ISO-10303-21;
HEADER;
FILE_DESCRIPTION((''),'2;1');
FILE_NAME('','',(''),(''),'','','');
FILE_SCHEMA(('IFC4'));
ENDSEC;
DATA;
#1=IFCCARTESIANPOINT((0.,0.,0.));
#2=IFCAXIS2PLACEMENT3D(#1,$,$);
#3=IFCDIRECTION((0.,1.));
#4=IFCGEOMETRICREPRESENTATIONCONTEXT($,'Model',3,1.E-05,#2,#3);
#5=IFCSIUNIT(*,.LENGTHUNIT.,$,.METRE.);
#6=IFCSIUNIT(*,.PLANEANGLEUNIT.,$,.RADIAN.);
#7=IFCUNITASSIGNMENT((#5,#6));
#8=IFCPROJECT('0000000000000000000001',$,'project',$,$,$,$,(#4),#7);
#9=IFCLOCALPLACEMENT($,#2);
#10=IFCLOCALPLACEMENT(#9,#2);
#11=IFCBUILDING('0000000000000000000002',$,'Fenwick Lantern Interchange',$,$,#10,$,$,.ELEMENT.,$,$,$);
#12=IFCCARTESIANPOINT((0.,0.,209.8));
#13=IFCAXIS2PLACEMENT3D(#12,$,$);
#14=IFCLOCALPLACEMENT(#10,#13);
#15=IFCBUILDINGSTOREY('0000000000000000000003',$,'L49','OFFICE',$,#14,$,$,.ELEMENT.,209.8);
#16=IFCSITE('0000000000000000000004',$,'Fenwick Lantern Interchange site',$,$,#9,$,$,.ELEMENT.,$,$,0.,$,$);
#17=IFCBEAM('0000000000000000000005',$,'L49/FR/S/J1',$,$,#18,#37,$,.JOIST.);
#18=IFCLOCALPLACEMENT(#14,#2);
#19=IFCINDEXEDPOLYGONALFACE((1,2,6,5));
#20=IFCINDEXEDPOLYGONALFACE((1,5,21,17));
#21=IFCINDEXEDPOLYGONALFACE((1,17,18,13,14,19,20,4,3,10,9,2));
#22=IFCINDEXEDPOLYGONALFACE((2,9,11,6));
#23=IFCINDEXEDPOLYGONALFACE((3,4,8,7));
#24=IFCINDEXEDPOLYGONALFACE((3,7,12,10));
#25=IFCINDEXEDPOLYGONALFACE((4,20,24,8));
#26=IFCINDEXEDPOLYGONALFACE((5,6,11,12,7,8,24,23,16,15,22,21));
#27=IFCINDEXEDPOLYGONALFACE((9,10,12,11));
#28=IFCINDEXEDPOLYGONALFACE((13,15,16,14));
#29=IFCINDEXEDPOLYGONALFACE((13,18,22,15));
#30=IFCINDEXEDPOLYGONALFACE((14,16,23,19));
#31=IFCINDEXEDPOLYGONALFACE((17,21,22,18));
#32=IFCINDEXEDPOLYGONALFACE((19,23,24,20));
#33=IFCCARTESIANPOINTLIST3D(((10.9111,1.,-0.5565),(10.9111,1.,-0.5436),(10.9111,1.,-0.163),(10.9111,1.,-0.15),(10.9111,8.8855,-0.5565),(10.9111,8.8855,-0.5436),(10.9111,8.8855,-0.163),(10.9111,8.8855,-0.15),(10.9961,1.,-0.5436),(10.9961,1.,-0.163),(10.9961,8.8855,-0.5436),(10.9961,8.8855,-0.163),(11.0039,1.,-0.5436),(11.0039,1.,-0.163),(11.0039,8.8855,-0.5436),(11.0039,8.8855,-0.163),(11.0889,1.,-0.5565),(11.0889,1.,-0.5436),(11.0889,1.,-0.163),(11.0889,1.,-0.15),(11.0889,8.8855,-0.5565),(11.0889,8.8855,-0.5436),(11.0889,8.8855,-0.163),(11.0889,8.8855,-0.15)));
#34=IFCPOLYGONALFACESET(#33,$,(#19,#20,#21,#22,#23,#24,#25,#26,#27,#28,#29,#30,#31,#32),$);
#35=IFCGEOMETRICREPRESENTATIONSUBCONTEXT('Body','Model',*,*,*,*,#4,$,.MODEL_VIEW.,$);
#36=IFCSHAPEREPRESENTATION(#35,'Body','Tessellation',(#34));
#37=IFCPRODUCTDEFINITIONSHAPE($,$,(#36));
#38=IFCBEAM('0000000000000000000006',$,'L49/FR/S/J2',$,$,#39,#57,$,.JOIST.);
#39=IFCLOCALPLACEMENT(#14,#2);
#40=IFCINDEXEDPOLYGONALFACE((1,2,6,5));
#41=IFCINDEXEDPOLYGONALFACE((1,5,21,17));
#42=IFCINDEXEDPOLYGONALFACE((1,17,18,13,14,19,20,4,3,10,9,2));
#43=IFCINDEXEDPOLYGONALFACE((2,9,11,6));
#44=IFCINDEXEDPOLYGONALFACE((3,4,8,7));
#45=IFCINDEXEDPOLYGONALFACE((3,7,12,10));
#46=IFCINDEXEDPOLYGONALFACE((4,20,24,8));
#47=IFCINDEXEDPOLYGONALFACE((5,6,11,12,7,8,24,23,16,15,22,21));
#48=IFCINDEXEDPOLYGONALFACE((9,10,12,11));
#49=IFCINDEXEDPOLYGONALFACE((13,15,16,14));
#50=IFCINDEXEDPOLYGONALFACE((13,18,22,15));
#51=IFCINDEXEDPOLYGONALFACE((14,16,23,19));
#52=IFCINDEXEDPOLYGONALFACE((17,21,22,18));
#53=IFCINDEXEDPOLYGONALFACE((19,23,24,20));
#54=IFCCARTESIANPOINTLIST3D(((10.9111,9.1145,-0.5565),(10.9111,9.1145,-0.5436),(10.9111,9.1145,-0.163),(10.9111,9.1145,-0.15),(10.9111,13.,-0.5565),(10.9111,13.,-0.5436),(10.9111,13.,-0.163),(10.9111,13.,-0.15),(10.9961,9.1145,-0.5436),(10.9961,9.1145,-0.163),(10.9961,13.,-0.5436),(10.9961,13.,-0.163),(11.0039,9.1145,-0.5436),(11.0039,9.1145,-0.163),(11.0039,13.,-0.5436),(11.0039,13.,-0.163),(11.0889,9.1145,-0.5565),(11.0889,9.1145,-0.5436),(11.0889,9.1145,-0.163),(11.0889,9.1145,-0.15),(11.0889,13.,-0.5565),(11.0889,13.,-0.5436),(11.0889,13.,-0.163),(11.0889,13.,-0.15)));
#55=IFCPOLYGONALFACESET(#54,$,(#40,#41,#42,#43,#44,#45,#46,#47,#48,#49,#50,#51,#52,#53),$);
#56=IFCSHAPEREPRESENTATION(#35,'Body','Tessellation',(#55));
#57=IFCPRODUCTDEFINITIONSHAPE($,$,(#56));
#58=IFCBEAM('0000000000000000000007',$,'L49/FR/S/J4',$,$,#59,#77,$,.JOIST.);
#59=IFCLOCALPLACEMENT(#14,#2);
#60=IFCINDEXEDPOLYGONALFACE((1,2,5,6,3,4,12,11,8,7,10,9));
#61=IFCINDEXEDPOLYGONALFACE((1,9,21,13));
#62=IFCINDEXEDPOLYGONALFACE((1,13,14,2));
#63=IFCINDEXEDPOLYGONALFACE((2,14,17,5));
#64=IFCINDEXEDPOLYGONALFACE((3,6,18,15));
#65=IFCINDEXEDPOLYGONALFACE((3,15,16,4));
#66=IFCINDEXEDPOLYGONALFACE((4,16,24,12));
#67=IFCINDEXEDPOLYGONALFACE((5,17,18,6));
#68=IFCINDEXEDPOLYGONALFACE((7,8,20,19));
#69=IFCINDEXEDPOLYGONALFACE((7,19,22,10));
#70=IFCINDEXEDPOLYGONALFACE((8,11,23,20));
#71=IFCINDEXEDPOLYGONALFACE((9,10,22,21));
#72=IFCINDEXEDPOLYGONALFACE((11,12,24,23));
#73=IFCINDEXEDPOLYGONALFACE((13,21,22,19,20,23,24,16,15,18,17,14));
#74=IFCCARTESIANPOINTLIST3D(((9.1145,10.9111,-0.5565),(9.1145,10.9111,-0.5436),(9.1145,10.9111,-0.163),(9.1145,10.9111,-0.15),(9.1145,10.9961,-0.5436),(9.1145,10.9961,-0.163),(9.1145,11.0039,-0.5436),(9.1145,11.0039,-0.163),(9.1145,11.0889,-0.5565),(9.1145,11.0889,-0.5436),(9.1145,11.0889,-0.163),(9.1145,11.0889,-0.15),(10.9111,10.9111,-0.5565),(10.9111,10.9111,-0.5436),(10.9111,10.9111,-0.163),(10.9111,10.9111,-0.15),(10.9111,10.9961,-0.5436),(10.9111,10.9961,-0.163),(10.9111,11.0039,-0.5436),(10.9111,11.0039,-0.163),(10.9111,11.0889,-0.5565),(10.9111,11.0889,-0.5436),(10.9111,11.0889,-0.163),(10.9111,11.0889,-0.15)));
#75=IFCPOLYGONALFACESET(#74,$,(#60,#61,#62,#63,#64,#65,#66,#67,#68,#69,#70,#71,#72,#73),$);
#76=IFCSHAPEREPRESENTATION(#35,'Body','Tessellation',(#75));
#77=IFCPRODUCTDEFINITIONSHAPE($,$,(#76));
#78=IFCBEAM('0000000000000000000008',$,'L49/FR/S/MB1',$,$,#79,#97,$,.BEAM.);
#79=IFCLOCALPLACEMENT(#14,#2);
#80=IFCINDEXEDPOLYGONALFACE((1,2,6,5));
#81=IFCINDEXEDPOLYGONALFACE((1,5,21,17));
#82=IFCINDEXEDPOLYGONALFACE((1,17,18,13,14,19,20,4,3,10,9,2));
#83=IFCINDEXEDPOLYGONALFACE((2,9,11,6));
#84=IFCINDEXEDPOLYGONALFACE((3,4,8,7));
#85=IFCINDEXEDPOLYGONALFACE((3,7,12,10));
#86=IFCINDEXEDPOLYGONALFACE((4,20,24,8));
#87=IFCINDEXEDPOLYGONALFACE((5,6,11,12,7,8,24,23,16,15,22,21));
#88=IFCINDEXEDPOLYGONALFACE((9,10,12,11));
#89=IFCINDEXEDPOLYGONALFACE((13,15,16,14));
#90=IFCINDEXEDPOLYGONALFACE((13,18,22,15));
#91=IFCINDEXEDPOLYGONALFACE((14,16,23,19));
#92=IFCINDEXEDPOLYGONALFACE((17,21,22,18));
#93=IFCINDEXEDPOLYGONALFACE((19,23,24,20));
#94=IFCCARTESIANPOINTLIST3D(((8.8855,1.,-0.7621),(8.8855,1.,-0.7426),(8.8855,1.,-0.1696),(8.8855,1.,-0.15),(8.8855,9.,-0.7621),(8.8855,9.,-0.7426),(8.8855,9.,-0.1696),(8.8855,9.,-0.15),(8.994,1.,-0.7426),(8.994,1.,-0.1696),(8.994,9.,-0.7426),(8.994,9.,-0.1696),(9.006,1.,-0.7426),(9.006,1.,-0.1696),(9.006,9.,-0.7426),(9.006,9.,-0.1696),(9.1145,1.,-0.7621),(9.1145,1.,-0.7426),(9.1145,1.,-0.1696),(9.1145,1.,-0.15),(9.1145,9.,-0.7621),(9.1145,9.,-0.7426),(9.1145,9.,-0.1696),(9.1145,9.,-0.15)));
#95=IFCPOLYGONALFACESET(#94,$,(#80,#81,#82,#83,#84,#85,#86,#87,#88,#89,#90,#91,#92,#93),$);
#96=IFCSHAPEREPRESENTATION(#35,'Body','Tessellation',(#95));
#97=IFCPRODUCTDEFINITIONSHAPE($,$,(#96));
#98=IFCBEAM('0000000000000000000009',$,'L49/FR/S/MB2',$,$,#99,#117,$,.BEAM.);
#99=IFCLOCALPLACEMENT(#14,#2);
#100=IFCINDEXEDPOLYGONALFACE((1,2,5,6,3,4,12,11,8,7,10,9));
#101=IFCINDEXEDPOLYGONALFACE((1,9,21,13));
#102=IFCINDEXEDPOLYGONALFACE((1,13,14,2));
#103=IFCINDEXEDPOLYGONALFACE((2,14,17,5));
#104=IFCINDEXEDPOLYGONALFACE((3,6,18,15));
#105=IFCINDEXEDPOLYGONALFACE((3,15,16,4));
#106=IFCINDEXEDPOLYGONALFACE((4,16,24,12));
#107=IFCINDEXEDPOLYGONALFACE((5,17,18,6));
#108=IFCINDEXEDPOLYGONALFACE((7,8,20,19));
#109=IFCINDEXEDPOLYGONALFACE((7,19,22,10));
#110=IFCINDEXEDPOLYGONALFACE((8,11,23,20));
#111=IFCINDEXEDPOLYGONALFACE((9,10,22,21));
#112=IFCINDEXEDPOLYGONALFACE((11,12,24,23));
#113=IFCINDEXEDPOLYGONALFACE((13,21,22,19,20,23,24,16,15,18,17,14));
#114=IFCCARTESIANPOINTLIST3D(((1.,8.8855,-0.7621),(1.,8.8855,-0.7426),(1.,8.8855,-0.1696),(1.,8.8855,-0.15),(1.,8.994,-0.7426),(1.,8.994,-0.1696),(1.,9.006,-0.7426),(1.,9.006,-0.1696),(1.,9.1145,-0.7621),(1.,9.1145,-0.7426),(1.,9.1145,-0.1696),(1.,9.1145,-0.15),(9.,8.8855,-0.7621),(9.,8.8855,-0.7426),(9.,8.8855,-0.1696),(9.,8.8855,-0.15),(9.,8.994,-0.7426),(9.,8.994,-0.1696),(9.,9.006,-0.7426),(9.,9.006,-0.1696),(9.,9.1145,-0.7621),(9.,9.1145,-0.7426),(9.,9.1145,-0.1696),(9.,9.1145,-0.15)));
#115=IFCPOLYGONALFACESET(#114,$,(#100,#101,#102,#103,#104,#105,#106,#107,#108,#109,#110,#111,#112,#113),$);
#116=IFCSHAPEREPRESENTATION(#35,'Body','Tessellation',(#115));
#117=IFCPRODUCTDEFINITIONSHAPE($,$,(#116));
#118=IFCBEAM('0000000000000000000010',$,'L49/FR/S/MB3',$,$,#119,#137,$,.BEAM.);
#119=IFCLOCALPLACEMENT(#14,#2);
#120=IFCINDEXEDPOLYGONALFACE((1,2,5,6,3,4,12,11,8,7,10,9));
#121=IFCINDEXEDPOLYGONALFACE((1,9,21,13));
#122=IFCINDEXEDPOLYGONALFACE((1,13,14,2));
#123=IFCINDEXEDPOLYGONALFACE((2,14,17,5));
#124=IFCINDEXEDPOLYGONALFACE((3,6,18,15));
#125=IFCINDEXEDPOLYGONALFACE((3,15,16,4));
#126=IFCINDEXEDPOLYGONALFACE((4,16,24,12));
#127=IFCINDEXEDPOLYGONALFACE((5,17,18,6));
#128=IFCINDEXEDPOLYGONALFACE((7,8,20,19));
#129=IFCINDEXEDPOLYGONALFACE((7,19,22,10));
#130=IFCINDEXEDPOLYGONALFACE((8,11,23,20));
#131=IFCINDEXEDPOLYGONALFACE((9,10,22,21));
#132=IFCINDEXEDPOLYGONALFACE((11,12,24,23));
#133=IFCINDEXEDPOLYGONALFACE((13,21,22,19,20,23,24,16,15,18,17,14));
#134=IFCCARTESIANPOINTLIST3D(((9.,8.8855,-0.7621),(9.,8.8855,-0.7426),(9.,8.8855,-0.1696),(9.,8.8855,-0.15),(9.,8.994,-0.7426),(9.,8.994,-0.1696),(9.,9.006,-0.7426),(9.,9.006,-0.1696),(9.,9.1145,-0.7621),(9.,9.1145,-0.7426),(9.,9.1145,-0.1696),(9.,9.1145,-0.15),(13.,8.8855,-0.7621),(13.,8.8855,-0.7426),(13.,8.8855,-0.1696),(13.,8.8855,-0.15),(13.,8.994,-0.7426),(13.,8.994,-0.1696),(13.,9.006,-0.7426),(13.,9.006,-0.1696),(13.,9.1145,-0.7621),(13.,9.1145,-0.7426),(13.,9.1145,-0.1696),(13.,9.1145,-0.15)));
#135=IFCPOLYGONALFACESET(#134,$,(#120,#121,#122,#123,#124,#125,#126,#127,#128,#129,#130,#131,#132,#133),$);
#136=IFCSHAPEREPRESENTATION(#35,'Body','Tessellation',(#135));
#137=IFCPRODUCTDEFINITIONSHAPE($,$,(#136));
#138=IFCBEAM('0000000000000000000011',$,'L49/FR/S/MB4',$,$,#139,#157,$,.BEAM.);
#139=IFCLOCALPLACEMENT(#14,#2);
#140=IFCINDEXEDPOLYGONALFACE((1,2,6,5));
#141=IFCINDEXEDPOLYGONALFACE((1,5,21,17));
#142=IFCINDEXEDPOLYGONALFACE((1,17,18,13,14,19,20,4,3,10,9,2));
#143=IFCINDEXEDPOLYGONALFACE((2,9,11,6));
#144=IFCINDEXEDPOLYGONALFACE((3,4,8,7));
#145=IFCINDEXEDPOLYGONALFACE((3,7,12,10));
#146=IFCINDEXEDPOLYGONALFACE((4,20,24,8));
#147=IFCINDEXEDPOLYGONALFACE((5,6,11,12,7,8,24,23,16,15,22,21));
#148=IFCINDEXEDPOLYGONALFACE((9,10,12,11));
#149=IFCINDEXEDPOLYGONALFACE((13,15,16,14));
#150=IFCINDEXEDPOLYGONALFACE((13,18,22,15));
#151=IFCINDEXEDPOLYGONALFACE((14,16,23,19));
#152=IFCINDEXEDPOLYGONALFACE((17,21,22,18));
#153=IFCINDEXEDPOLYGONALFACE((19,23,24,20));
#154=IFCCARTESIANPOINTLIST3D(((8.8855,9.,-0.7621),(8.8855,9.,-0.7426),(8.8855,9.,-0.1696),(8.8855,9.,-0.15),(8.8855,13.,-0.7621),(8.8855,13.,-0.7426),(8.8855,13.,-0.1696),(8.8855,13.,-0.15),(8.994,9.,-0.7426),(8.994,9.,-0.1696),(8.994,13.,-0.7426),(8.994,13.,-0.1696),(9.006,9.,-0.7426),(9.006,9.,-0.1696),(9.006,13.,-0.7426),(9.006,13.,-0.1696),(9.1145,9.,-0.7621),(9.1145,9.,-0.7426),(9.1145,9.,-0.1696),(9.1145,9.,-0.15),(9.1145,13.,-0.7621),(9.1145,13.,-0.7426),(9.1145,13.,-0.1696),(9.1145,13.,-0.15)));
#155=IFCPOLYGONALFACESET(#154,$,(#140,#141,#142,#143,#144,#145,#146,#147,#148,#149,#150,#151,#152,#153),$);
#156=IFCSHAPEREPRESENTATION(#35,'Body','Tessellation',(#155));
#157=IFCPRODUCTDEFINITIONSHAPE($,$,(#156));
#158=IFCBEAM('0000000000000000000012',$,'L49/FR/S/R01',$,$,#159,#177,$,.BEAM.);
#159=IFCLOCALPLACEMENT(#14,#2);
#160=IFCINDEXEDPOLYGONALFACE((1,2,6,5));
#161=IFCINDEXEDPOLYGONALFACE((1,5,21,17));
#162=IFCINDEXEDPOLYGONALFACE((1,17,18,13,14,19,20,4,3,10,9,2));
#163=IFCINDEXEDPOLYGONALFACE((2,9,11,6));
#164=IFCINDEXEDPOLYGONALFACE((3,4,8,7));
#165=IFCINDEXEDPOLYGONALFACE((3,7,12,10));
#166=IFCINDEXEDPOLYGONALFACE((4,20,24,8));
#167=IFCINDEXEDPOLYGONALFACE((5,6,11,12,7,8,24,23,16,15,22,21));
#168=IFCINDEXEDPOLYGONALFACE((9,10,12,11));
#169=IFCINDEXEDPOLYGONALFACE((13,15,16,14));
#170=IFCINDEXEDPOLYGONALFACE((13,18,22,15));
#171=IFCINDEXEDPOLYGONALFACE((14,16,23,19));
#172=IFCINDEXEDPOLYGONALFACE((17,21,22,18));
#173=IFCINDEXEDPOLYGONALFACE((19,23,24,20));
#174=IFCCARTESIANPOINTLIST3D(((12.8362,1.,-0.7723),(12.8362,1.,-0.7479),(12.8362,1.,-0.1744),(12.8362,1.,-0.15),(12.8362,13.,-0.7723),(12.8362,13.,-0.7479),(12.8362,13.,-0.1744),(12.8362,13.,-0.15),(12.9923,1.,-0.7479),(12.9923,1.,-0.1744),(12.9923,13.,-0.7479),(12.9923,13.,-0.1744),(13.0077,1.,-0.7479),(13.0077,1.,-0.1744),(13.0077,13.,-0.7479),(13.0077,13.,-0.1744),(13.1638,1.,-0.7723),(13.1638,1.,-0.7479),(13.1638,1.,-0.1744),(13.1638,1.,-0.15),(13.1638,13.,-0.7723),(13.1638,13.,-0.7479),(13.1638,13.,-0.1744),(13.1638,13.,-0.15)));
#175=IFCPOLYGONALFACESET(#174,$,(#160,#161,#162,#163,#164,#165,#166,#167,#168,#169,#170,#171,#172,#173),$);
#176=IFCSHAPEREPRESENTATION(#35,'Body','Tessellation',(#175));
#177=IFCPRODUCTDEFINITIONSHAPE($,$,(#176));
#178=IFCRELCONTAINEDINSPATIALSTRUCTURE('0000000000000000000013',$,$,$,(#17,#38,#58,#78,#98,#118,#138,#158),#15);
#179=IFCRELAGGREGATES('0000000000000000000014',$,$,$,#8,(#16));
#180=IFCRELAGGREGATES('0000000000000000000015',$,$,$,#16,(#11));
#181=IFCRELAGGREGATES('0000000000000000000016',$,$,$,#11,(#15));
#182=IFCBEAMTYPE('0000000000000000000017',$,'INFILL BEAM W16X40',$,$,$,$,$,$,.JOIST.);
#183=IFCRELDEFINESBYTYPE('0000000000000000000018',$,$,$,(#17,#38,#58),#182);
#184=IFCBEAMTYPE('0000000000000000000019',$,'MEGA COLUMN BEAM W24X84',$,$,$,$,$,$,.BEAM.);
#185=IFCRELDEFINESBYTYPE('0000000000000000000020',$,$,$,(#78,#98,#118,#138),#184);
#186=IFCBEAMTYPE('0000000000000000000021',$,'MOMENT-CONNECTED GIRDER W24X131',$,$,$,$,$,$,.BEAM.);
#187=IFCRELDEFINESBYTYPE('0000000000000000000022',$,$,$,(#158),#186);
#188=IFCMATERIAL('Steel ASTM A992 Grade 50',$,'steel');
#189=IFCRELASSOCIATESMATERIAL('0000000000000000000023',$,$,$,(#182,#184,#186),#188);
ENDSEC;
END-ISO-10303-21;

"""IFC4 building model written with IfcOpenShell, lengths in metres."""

from ifc_helpers import new_model, si_unit, direction, frame, origin, origin_2d, place, context, subcontext, project, spatial, i_section, extrude, material, material_profile, profile_set, type_object, element, save


model = new_model("IFC4")

# Units and contexts
model_context = context("Model", 3, precision=1e-05, world=origin(), true_north=direction((0.0, 1.0)))
body_context = subcontext(model_context, "Body", "Model", "MODEL_VIEW")
ifc_project = project(units=[si_unit("LENGTHUNIT", "METRE"), si_unit("PLANEANGLEUNIT", "RADIAN")], contexts=[model_context])

# Site, building, storey
site_placement = place(None, origin())
site = spatial("IfcSite", under=ifc_project, at=site_placement, Name="Fenwick Lantern Interchange site", CompositionType="ELEMENT", RefElevation=0.0)
building_placement = place(site_placement, origin())
building = spatial("IfcBuilding", under=site, at=building_placement, Name="Fenwick Lantern Interchange", CompositionType="ELEMENT")
storey_placement = place(building_placement, frame((0.0, 0.0, 209.8)))
storey = spatial("IfcBuildingStorey", under=building, at=storey_placement, Name="L49", Description="OFFICE", CompositionType="ELEMENT", Elevation=209.8)

# Shared definitions
ifc_material_1 = material(Name="Steel ASTM A992 Grade 50", Category="steel")

# Beams
ifc_material_profile_1 = material_profile(ifc_material_1, i_section(OverallWidth=0.1777, OverallDepth=0.4065, WebThickness=0.0078, FlangeThickness=0.0129, at=origin_2d()), Name="W16X40")
ifc_profile_set_1 = profile_set([ifc_material_profile_1], Name="Steel ASTM A992 Grade 50")
beam_type_1 = type_object("IfcBeamType", Name="INFILL BEAM W16X40", PredefinedType="JOIST", material=ifc_profile_set_1)
beam_1_placement = place(storey_placement, frame((11.0, 1.0, -0.3533), z_axis=(0.0, 1.0, 0.0), x_axis=(-1.0, 0.0, 0.0)))
element("IfcBeam", 1, at=beam_1_placement, inside=storey, type_object=beam_type_1, Name="L49/FR/S/J1", PredefinedType="JOIST", context=body_context, shape_type="SweptSolid", body=[
    extrude(i_section(OverallWidth=0.1777, OverallDepth=0.4065, WebThickness=0.0078, FlangeThickness=0.0129, at=origin_2d()), origin(), (0.0, 0.0, 1.0), 7.8855),
])
beam_2_placement = place(storey_placement, frame((11.0, 9.1145, -0.3533), z_axis=(0.0, 1.0, 0.0), x_axis=(-1.0, 0.0, 0.0)))
element("IfcBeam", 2, at=beam_2_placement, inside=storey, type_object=beam_type_1, Name="L49/FR/S/J2", PredefinedType="JOIST", context=body_context, shape_type="SweptSolid", body=[
    extrude(i_section(OverallWidth=0.1777, OverallDepth=0.4065, WebThickness=0.0078, FlangeThickness=0.0129, at=origin_2d()), origin(), (0.0, 0.0, 1.0), 3.8855),
])
beam_3_placement = place(storey_placement, frame((9.1145, 11.0, -0.3533), z_axis=(1.0, 0.0, 0.0), x_axis=(0.0, 1.0, 0.0)))
element("IfcBeam", 3, at=beam_3_placement, inside=storey, type_object=beam_type_1, Name="L49/FR/S/J4", PredefinedType="JOIST", context=body_context, shape_type="SweptSolid", body=[
    extrude(i_section(OverallWidth=0.1777, OverallDepth=0.4065, WebThickness=0.0078, FlangeThickness=0.0129, at=origin_2d()), origin(), (0.0, 0.0, 1.0), 1.7966),
])
ifc_material_profile_2 = material_profile(ifc_material_1, i_section(OverallWidth=0.229, OverallDepth=0.6121, WebThickness=0.012, FlangeThickness=0.0195, at=origin_2d()), Name="W24X84")
ifc_profile_set_2 = profile_set([ifc_material_profile_2], Name="Steel ASTM A992 Grade 50")
beam_type_2 = type_object("IfcBeamType", Name="MEGA COLUMN BEAM W24X84", PredefinedType="BEAM", material=ifc_profile_set_2)
for number, where, z_axis, x_axis, name in (
    (4, (9.0, 9.0, -0.4561), (0.0, -1.0, 0.0), (1.0, 0.0, 0.0), "L49/FR/S/MB1"),
    (5, (9.0, 9.0, -0.4561), (-1.0, 0.0, 0.0), (0.0, -1.0, 0.0), "L49/FR/S/MB2"),
):
    element("IfcBeam", number, at=place(storey_placement, frame(where, z_axis=z_axis, x_axis=x_axis)), inside=storey, type_object=beam_type_2, Name=name, PredefinedType="BEAM", context=body_context, shape_type="SweptSolid", body=[
        extrude(i_section(OverallWidth=0.229, OverallDepth=0.6121, WebThickness=0.012, FlangeThickness=0.0195, at=origin_2d()), origin(), (0.0, 0.0, 1.0), 8.0),
    ])
for number, where, z_axis, x_axis, name in (
    (6, (9.0, 9.0, -0.4561), (1.0, 0.0, 0.0), (0.0, 1.0, 0.0), "L49/FR/S/MB3"),
    (7, (9.0, 9.0, -0.4561), (0.0, 1.0, 0.0), (-1.0, 0.0, 0.0), "L49/FR/S/MB4"),
):
    element("IfcBeam", number, at=place(storey_placement, frame(where, z_axis=z_axis, x_axis=x_axis)), inside=storey, type_object=beam_type_2, Name=name, PredefinedType="BEAM", context=body_context, shape_type="SweptSolid", body=[
        extrude(i_section(OverallWidth=0.229, OverallDepth=0.6121, WebThickness=0.012, FlangeThickness=0.0195, at=origin_2d()), origin(), (0.0, 0.0, 1.0), 4.0),
    ])
ifc_material_profile_3 = material_profile(ifc_material_1, i_section(OverallWidth=0.3276, OverallDepth=0.6223, WebThickness=0.0154, FlangeThickness=0.0244, at=origin_2d()), Name="W24X131")
ifc_profile_set_3 = profile_set([ifc_material_profile_3], Name="Steel ASTM A992 Grade 50")
beam_type_3 = type_object("IfcBeamType", Name="MOMENT-CONNECTED GIRDER W24X131", PredefinedType="BEAM", material=ifc_profile_set_3)
beam_4_placement = place(storey_placement, frame((13.0, 1.0, -0.4612), z_axis=(0.0, 1.0, 0.0), x_axis=(-1.0, 0.0, 0.0)))
element("IfcBeam", 8, at=beam_4_placement, inside=storey, type_object=beam_type_3, Name="L49/FR/S/R01", PredefinedType="BEAM", context=body_context, shape_type="SweptSolid", body=[
    extrude(i_section(OverallWidth=0.3276, OverallDepth=0.6223, WebThickness=0.0154, FlangeThickness=0.0244, at=origin_2d()), origin(), (0.0, 0.0, 1.0), 12.0),
])

save(model, "model.ifc")
